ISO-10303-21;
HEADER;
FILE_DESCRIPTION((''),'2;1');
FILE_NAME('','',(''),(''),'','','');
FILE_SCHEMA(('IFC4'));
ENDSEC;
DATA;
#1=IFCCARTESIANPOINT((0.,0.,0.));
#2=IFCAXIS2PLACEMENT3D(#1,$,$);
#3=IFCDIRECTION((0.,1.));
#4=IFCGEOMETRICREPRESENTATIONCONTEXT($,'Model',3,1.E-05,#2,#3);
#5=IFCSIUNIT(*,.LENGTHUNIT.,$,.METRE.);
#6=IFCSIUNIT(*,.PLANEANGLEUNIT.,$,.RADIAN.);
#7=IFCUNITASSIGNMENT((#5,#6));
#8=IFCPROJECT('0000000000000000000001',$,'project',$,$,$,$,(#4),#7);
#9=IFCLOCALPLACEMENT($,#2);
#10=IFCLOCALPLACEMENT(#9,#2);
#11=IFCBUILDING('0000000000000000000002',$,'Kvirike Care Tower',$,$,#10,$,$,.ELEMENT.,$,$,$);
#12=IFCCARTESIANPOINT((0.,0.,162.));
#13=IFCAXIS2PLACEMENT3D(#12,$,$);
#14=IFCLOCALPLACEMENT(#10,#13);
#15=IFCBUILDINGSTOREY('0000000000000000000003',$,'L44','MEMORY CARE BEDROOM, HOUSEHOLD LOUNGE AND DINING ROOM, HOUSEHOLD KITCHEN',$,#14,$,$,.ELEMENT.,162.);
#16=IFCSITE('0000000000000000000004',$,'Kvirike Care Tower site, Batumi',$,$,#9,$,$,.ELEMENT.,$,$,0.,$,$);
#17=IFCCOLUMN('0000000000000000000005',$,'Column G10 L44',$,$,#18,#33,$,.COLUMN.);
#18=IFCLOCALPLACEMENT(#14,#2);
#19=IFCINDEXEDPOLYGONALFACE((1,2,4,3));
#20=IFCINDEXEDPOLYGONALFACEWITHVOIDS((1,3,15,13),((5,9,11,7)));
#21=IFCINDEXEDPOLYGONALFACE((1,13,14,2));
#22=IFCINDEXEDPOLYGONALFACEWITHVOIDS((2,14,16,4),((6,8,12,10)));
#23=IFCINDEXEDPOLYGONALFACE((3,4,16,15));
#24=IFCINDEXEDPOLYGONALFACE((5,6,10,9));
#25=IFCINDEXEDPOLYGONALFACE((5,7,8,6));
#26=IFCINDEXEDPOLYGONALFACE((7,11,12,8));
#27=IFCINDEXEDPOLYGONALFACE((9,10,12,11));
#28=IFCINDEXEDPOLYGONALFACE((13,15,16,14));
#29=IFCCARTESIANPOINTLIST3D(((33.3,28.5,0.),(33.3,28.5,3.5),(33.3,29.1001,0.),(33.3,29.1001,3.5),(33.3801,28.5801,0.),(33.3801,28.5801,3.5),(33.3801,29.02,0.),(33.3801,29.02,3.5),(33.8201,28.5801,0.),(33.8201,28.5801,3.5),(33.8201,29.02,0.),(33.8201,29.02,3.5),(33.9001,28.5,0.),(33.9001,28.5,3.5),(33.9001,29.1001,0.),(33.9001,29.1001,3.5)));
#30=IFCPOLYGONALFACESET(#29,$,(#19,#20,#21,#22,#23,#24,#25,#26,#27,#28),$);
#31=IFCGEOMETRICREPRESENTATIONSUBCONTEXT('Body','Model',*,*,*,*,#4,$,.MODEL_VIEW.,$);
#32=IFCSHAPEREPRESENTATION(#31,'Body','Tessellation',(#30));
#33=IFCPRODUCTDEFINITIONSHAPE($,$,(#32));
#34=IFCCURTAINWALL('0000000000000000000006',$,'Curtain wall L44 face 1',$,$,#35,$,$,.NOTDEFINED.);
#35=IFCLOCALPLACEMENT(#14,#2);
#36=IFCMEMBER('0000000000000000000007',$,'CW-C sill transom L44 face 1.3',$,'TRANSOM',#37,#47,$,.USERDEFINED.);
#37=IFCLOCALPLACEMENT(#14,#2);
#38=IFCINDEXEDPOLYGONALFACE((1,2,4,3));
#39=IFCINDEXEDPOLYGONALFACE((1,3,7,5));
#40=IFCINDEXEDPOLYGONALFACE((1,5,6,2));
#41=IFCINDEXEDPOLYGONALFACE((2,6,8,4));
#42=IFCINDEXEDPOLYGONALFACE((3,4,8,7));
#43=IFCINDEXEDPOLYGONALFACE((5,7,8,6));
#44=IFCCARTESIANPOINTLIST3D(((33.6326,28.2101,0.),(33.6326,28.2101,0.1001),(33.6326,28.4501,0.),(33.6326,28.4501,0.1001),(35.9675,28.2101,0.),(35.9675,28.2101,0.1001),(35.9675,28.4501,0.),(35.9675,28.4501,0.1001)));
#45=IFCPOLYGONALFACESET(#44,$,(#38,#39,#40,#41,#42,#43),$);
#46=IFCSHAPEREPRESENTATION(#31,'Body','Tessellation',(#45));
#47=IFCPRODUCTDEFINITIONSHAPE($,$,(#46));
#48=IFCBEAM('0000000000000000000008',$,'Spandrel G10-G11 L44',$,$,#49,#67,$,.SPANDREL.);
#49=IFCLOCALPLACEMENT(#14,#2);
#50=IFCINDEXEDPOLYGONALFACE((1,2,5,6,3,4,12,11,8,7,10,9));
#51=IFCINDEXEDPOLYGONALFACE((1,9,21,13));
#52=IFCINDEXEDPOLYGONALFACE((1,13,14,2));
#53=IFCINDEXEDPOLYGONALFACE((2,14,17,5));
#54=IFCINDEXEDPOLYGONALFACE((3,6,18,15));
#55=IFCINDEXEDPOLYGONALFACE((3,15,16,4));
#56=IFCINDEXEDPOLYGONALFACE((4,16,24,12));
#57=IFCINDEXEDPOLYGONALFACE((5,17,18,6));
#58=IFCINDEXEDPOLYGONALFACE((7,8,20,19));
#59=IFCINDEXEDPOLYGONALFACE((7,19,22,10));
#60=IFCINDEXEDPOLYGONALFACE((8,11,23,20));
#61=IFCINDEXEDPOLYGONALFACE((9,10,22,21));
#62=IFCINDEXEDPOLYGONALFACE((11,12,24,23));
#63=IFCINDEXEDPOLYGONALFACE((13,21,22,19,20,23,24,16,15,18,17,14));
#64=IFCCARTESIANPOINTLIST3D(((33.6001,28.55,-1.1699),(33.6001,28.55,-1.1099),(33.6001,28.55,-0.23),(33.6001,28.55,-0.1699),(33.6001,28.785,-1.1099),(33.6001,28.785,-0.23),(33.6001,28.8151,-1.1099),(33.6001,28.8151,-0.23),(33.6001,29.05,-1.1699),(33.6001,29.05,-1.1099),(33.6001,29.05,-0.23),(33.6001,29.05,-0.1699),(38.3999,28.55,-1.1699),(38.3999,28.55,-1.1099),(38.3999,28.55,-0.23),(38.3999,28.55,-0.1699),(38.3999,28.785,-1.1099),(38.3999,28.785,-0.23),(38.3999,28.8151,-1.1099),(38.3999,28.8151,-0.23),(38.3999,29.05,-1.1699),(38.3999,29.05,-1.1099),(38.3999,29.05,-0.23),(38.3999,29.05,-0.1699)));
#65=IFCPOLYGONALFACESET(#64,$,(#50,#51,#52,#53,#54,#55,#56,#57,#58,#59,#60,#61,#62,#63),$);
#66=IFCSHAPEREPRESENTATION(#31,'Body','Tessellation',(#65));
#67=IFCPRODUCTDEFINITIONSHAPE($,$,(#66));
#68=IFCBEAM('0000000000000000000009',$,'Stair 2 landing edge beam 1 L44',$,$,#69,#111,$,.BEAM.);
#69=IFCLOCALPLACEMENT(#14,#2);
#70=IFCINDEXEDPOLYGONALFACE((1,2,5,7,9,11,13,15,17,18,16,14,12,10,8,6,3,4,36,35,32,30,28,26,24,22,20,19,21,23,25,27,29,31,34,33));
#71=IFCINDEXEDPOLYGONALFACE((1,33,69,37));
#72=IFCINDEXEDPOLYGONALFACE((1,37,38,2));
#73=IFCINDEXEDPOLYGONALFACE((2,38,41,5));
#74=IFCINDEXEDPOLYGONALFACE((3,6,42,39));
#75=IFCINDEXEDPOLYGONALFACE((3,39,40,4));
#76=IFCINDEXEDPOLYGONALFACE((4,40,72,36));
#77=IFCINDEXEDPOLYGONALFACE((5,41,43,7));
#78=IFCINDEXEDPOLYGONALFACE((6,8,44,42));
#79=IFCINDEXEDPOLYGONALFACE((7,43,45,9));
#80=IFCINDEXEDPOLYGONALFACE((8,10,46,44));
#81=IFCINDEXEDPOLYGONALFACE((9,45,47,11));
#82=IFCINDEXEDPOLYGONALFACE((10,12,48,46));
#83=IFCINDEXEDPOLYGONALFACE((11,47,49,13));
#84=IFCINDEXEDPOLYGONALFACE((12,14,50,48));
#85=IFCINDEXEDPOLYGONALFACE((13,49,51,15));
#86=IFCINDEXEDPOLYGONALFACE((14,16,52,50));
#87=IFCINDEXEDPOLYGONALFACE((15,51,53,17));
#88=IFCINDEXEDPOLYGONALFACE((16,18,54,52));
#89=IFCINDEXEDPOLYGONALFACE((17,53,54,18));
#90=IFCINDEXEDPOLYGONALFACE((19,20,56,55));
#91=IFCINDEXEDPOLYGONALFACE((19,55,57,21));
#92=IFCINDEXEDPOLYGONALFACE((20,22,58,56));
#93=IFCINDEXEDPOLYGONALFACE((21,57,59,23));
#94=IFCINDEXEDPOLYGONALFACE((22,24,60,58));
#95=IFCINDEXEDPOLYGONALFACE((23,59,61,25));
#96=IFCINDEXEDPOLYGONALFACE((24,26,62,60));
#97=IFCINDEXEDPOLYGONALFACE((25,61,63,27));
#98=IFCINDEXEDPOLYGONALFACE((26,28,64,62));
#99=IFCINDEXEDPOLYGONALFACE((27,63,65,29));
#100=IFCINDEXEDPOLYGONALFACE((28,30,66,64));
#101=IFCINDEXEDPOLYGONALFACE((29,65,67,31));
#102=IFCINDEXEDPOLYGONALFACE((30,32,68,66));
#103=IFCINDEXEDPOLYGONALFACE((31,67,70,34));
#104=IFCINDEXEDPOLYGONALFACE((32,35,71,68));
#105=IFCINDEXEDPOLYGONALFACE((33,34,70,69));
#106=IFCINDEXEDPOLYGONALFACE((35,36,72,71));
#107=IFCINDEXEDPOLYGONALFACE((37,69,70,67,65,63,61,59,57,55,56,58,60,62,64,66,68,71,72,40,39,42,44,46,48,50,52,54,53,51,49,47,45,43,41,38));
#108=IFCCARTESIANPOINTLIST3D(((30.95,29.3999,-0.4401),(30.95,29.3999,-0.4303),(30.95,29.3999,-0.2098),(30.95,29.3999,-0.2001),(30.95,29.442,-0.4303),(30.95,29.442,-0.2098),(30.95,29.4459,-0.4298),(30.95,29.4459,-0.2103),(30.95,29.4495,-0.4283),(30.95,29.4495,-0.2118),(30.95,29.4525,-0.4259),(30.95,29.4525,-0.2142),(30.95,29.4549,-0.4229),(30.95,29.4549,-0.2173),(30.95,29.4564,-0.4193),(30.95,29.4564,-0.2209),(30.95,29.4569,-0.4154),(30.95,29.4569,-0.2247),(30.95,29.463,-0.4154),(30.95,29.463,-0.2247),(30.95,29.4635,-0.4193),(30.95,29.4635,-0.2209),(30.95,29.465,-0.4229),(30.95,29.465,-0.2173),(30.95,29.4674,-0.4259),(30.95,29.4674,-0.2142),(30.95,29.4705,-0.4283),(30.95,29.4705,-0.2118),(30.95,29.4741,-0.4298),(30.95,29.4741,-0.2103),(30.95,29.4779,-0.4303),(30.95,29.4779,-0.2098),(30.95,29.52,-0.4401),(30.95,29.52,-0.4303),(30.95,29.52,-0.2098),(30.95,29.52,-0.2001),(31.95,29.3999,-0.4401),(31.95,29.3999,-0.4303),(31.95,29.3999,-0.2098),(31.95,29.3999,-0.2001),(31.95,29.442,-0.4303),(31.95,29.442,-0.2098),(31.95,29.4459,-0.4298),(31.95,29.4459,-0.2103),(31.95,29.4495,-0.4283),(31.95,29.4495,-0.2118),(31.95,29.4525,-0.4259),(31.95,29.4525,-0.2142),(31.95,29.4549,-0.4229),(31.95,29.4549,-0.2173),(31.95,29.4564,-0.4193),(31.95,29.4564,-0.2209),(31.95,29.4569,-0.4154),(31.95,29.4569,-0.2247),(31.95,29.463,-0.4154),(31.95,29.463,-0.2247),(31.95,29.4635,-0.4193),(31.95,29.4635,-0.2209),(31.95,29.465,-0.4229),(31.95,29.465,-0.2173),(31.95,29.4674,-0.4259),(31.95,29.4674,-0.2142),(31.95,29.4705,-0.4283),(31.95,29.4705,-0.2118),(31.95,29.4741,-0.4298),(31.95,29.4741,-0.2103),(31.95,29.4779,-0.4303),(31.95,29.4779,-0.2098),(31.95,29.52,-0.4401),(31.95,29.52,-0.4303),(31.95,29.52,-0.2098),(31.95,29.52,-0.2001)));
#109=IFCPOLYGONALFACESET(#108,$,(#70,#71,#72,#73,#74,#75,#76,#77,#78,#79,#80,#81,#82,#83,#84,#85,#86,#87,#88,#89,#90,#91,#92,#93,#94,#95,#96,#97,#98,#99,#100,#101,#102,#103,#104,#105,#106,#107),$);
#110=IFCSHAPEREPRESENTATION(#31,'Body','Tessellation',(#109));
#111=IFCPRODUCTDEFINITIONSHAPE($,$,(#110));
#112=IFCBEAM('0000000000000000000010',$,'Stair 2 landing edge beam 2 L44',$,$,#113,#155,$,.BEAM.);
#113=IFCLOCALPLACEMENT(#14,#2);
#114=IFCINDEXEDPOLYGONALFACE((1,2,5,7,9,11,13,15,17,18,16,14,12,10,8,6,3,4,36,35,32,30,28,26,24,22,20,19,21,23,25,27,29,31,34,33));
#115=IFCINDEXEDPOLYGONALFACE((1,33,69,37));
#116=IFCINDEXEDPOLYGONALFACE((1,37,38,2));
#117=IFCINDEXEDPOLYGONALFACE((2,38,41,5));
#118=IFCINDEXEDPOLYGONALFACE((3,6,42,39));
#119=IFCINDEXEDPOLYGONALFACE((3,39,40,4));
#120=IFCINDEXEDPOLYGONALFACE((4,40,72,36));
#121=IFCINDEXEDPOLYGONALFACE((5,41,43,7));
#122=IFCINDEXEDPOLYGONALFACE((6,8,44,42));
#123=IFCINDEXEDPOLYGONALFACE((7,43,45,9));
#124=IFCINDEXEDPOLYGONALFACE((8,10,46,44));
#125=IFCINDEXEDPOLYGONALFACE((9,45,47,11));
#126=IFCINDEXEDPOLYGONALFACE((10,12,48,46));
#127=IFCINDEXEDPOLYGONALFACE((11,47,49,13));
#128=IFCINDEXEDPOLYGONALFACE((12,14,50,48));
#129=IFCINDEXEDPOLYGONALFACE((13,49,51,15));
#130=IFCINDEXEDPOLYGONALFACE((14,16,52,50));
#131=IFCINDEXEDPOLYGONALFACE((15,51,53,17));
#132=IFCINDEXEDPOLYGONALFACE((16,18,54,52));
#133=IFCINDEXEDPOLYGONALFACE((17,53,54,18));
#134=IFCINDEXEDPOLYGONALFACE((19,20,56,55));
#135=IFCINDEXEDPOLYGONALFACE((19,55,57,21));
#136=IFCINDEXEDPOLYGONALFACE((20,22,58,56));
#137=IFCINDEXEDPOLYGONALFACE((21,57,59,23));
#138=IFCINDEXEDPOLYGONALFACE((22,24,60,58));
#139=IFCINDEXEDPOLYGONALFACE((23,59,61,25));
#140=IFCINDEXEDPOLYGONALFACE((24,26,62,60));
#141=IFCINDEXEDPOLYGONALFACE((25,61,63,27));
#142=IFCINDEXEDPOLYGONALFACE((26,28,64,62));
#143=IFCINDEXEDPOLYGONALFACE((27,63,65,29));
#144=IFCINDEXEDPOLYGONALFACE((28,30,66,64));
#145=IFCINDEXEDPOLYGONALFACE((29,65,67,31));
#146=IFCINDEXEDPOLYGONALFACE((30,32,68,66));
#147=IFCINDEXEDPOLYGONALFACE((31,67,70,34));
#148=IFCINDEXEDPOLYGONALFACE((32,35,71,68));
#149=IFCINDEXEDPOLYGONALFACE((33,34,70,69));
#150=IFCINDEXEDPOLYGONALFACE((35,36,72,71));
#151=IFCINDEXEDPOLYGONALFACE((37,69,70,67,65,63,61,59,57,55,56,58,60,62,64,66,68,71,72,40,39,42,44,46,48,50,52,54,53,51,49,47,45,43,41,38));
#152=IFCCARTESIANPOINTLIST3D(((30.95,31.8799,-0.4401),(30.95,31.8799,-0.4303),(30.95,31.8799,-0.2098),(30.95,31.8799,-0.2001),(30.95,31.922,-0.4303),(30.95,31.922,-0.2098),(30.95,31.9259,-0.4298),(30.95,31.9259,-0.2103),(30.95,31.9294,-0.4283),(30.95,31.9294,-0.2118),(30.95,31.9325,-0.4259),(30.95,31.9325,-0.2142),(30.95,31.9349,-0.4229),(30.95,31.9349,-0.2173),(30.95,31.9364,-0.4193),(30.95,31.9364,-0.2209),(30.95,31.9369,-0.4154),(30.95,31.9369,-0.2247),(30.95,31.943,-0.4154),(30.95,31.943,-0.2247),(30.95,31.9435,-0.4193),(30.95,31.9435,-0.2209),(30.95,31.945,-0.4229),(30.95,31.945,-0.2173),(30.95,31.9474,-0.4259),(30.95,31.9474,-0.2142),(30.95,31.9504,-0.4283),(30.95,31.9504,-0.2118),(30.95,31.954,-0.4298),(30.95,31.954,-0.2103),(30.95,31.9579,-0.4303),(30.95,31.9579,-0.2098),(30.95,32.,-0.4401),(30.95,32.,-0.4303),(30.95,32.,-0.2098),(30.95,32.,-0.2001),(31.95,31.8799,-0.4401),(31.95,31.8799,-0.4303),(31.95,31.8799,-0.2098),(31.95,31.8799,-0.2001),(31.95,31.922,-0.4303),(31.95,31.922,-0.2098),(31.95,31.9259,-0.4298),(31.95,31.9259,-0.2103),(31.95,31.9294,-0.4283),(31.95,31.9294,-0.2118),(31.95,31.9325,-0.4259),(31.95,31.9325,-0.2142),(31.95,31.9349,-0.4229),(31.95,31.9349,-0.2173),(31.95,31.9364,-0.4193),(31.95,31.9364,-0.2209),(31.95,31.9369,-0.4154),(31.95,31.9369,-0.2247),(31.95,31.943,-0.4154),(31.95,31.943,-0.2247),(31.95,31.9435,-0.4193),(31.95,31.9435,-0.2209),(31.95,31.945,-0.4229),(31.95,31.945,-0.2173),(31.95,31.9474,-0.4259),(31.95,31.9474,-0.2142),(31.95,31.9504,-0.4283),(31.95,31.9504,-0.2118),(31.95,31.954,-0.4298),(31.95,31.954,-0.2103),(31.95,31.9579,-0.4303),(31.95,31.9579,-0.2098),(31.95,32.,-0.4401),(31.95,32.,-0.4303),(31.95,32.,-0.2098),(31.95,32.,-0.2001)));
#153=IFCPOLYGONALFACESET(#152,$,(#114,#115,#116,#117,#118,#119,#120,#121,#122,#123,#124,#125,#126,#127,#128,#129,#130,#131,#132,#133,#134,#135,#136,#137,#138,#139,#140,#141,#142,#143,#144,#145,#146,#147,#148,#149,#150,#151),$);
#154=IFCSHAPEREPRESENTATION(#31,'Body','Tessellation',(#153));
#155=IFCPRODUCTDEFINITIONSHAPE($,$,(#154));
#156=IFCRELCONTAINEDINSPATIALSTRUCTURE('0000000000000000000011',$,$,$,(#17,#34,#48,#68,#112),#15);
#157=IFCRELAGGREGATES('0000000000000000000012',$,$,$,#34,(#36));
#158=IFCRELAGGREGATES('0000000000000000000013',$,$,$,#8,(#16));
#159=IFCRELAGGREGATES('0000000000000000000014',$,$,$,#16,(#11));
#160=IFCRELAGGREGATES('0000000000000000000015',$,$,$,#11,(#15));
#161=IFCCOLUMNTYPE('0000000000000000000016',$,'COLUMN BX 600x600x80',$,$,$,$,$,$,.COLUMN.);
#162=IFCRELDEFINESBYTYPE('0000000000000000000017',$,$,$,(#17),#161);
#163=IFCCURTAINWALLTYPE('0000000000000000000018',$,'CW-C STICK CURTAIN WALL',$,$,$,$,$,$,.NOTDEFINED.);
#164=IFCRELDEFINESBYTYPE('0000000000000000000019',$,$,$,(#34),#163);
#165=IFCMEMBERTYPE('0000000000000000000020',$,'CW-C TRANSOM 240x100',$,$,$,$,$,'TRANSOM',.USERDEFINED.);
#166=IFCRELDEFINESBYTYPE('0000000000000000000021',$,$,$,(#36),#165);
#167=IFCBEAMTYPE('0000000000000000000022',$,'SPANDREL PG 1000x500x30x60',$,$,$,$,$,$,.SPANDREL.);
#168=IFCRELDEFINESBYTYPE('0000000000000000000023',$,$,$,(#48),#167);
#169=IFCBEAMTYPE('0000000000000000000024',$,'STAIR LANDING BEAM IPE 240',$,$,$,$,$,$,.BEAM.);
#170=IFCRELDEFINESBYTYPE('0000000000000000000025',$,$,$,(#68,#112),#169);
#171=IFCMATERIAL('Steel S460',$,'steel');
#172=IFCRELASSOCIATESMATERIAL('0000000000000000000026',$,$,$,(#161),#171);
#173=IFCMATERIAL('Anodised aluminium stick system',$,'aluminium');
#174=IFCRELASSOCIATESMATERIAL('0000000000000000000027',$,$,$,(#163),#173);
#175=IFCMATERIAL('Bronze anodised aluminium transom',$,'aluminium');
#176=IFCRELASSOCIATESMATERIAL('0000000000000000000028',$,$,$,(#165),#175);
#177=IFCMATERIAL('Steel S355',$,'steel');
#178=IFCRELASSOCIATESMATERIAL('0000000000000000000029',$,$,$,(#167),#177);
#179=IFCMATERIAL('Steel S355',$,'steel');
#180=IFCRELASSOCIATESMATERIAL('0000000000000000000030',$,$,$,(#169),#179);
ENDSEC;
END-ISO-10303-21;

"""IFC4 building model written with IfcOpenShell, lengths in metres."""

from ifc_helpers import new_model, si_unit, direction, frame, origin, origin_2d, place, context, subcontext, project, spatial, rectangle, hollow_rectangle, i_section, extrude, material, material_profile, profile_set, type_object, element, aggregate, save


model = new_model("IFC4")

# Units and contexts
model_context = context("Model", 3, precision=1e-05, world=origin(), true_north=direction((0.0, 1.0)))
body_context = subcontext(model_context, "Body", "Model", "MODEL_VIEW")
ifc_project = project(units=[si_unit("LENGTHUNIT", "METRE"), si_unit("PLANEANGLEUNIT", "RADIAN")], contexts=[model_context])

# Site, building, storey
site_placement = place(None, origin())
site = spatial("IfcSite", under=ifc_project, at=site_placement, Name="Kvirike Care Tower site, Batumi", CompositionType="ELEMENT", RefElevation=0.0)
building_placement = place(site_placement, origin())
building = spatial("IfcBuilding", under=site, at=building_placement, Name="Kvirike Care Tower", CompositionType="ELEMENT")
storey_placement = place(building_placement, frame((0.0, 0.0, 162.0)))
storey = spatial("IfcBuildingStorey", under=building, at=storey_placement, Name="L44", Description="MEMORY CARE BEDROOM, HOUSEHOLD LOUNGE AND DINING ROOM, HOUSEHOLD KITCHEN", CompositionType="ELEMENT", Elevation=162.0)

# Column
ifc_material_1 = material(Name="Steel S460", Category="steel")
ifc_material_profile_1 = material_profile(ifc_material_1, hollow_rectangle(XDim=0.6001, YDim=0.6001, WallThickness=0.0801, at=origin_2d()), Name="BX 600x600x80")
ifc_profile_set_1 = profile_set([ifc_material_profile_1], Name="Steel S460")
column_type = type_object("IfcColumnType", Name="COLUMN BX 600x600x80", PredefinedType="COLUMN", material=ifc_profile_set_1)
column_placement = place(storey_placement, frame((33.6001, 28.8, 0.0), z_axis=(0.0, 0.0, 1.0), x_axis=(0.0, 1.0, 0.0)))
element("IfcColumn", 1, at=column_placement, inside=storey, type_object=column_type, Name="Column G10 L44", PredefinedType="COLUMN", context=body_context, shape_type="SweptSolid", body=[
    extrude(hollow_rectangle(XDim=0.6001, YDim=0.6001, WallThickness=0.0801, at=origin_2d()), origin(), (0.0, 0.0, 1.0), 3.5),
])

# Curtain wall, member
ifc_material_2 = material(Name="Anodised aluminium stick system", Category="aluminium")
curtain_wall_type = type_object("IfcCurtainWallType", Name="CW-C STICK CURTAIN WALL", PredefinedType="NOTDEFINED", material=ifc_material_2)
curtain_wall_placement = place(storey_placement, origin())
curtain_wall = element("IfcCurtainWall", 2, at=curtain_wall_placement, inside=storey, type_object=curtain_wall_type, Name="Curtain wall L44 face 1", PredefinedType="NOTDEFINED")
ifc_material_3 = material(Name="Bronze anodised aluminium transom", Category="aluminium")
ifc_material_profile_2 = material_profile(ifc_material_3, rectangle(XDim=0.24, YDim=0.1001, at=origin_2d()), Name="CW-C TRANSOM 240x100")
ifc_profile_set_2 = profile_set([ifc_material_profile_2], Name="Bronze anodised aluminium transom")
member_type = type_object("IfcMemberType", Name="CW-C TRANSOM 240x100", ElementType="TRANSOM", PredefinedType="USERDEFINED", material=ifc_profile_set_2)
member_placement = place(storey_placement, frame((33.6326, 28.3301, 0.05), z_axis=(1.0, 0.0, 0.0), x_axis=(0.0, 1.0, 0.0)))
member = element("IfcMember", 3, at=member_placement, type_object=member_type, Name="CW-C sill transom L44 face 1.3", ObjectType="TRANSOM", PredefinedType="USERDEFINED", context=body_context, shape_type="SweptSolid", body=[
    extrude(rectangle(XDim=0.24, YDim=0.1001, at=origin_2d()), origin(), (0.0, 0.0, 1.0), 2.335),
])

# Beams
ifc_material_4 = material(Name="Steel S355", Category="steel")
ifc_material_profile_3 = material_profile(ifc_material_4, i_section(OverallWidth=0.5, OverallDepth=1.0, WebThickness=0.03, FlangeThickness=0.0601, at=origin_2d()), Name="PG 1000x500x30x60")
ifc_profile_set_3 = profile_set([ifc_material_profile_3], Name="Steel S355")
beam_type_1 = type_object("IfcBeamType", Name="SPANDREL PG 1000x500x30x60", PredefinedType="SPANDREL", material=ifc_profile_set_3)
beam_placement = place(storey_placement, frame((33.6001, 28.8, -0.6699), z_axis=(1.0, 0.0, 0.0), x_axis=(0.0, 1.0, 0.0)))
element("IfcBeam", 4, at=beam_placement, inside=storey, type_object=beam_type_1, Name="Spandrel G10-G11 L44", PredefinedType="SPANDREL", context=body_context, shape_type="SweptSolid", body=[
    extrude(i_section(OverallWidth=0.5, OverallDepth=1.0, WebThickness=0.03, FlangeThickness=0.0601, at=origin_2d()), origin(), (0.0, 0.0, 1.0), 4.7998),
])
ifc_material_5 = material(Name="Steel S355", Category="steel")
ifc_material_profile_4 = material_profile(ifc_material_5, i_section(OverallWidth=0.1201, OverallDepth=0.24, WebThickness=0.0061, FlangeThickness=0.0098, FilletRadius=0.0149, at=origin_2d()), Name="IPE 240")
ifc_profile_set_4 = profile_set([ifc_material_profile_4], Name="Steel S355")
beam_type_2 = type_object("IfcBeamType", Name="STAIR LANDING BEAM IPE 240", PredefinedType="BEAM", material=ifc_profile_set_4)
for number, where, z_axis, x_axis, name in (
    (5, (31.95, 29.46, -0.3201), (-1.0, 0.0, 0.0), (0.0, -1.0, 0.0), "Stair 2 landing edge beam 1 L44"),
    (6, (31.95, 31.9399, -0.3201), (-1.0, 0.0, 0.0), (0.0, -1.0, 0.0), "Stair 2 landing edge beam 2 L44"),
):
    element("IfcBeam", number, at=place(storey_placement, frame(where, z_axis=z_axis, x_axis=x_axis)), inside=storey, type_object=beam_type_2, Name=name, PredefinedType="BEAM", context=body_context, shape_type="SweptSolid", body=[
        extrude(i_section(OverallWidth=0.1201, OverallDepth=0.24, WebThickness=0.0061, FlangeThickness=0.0098, FilletRadius=0.0149, at=origin_2d()), origin(), (0.0, 0.0, 1.0), 1.0),
    ])

aggregate(curtain_wall, [member])

save(model, "model.ifc")
